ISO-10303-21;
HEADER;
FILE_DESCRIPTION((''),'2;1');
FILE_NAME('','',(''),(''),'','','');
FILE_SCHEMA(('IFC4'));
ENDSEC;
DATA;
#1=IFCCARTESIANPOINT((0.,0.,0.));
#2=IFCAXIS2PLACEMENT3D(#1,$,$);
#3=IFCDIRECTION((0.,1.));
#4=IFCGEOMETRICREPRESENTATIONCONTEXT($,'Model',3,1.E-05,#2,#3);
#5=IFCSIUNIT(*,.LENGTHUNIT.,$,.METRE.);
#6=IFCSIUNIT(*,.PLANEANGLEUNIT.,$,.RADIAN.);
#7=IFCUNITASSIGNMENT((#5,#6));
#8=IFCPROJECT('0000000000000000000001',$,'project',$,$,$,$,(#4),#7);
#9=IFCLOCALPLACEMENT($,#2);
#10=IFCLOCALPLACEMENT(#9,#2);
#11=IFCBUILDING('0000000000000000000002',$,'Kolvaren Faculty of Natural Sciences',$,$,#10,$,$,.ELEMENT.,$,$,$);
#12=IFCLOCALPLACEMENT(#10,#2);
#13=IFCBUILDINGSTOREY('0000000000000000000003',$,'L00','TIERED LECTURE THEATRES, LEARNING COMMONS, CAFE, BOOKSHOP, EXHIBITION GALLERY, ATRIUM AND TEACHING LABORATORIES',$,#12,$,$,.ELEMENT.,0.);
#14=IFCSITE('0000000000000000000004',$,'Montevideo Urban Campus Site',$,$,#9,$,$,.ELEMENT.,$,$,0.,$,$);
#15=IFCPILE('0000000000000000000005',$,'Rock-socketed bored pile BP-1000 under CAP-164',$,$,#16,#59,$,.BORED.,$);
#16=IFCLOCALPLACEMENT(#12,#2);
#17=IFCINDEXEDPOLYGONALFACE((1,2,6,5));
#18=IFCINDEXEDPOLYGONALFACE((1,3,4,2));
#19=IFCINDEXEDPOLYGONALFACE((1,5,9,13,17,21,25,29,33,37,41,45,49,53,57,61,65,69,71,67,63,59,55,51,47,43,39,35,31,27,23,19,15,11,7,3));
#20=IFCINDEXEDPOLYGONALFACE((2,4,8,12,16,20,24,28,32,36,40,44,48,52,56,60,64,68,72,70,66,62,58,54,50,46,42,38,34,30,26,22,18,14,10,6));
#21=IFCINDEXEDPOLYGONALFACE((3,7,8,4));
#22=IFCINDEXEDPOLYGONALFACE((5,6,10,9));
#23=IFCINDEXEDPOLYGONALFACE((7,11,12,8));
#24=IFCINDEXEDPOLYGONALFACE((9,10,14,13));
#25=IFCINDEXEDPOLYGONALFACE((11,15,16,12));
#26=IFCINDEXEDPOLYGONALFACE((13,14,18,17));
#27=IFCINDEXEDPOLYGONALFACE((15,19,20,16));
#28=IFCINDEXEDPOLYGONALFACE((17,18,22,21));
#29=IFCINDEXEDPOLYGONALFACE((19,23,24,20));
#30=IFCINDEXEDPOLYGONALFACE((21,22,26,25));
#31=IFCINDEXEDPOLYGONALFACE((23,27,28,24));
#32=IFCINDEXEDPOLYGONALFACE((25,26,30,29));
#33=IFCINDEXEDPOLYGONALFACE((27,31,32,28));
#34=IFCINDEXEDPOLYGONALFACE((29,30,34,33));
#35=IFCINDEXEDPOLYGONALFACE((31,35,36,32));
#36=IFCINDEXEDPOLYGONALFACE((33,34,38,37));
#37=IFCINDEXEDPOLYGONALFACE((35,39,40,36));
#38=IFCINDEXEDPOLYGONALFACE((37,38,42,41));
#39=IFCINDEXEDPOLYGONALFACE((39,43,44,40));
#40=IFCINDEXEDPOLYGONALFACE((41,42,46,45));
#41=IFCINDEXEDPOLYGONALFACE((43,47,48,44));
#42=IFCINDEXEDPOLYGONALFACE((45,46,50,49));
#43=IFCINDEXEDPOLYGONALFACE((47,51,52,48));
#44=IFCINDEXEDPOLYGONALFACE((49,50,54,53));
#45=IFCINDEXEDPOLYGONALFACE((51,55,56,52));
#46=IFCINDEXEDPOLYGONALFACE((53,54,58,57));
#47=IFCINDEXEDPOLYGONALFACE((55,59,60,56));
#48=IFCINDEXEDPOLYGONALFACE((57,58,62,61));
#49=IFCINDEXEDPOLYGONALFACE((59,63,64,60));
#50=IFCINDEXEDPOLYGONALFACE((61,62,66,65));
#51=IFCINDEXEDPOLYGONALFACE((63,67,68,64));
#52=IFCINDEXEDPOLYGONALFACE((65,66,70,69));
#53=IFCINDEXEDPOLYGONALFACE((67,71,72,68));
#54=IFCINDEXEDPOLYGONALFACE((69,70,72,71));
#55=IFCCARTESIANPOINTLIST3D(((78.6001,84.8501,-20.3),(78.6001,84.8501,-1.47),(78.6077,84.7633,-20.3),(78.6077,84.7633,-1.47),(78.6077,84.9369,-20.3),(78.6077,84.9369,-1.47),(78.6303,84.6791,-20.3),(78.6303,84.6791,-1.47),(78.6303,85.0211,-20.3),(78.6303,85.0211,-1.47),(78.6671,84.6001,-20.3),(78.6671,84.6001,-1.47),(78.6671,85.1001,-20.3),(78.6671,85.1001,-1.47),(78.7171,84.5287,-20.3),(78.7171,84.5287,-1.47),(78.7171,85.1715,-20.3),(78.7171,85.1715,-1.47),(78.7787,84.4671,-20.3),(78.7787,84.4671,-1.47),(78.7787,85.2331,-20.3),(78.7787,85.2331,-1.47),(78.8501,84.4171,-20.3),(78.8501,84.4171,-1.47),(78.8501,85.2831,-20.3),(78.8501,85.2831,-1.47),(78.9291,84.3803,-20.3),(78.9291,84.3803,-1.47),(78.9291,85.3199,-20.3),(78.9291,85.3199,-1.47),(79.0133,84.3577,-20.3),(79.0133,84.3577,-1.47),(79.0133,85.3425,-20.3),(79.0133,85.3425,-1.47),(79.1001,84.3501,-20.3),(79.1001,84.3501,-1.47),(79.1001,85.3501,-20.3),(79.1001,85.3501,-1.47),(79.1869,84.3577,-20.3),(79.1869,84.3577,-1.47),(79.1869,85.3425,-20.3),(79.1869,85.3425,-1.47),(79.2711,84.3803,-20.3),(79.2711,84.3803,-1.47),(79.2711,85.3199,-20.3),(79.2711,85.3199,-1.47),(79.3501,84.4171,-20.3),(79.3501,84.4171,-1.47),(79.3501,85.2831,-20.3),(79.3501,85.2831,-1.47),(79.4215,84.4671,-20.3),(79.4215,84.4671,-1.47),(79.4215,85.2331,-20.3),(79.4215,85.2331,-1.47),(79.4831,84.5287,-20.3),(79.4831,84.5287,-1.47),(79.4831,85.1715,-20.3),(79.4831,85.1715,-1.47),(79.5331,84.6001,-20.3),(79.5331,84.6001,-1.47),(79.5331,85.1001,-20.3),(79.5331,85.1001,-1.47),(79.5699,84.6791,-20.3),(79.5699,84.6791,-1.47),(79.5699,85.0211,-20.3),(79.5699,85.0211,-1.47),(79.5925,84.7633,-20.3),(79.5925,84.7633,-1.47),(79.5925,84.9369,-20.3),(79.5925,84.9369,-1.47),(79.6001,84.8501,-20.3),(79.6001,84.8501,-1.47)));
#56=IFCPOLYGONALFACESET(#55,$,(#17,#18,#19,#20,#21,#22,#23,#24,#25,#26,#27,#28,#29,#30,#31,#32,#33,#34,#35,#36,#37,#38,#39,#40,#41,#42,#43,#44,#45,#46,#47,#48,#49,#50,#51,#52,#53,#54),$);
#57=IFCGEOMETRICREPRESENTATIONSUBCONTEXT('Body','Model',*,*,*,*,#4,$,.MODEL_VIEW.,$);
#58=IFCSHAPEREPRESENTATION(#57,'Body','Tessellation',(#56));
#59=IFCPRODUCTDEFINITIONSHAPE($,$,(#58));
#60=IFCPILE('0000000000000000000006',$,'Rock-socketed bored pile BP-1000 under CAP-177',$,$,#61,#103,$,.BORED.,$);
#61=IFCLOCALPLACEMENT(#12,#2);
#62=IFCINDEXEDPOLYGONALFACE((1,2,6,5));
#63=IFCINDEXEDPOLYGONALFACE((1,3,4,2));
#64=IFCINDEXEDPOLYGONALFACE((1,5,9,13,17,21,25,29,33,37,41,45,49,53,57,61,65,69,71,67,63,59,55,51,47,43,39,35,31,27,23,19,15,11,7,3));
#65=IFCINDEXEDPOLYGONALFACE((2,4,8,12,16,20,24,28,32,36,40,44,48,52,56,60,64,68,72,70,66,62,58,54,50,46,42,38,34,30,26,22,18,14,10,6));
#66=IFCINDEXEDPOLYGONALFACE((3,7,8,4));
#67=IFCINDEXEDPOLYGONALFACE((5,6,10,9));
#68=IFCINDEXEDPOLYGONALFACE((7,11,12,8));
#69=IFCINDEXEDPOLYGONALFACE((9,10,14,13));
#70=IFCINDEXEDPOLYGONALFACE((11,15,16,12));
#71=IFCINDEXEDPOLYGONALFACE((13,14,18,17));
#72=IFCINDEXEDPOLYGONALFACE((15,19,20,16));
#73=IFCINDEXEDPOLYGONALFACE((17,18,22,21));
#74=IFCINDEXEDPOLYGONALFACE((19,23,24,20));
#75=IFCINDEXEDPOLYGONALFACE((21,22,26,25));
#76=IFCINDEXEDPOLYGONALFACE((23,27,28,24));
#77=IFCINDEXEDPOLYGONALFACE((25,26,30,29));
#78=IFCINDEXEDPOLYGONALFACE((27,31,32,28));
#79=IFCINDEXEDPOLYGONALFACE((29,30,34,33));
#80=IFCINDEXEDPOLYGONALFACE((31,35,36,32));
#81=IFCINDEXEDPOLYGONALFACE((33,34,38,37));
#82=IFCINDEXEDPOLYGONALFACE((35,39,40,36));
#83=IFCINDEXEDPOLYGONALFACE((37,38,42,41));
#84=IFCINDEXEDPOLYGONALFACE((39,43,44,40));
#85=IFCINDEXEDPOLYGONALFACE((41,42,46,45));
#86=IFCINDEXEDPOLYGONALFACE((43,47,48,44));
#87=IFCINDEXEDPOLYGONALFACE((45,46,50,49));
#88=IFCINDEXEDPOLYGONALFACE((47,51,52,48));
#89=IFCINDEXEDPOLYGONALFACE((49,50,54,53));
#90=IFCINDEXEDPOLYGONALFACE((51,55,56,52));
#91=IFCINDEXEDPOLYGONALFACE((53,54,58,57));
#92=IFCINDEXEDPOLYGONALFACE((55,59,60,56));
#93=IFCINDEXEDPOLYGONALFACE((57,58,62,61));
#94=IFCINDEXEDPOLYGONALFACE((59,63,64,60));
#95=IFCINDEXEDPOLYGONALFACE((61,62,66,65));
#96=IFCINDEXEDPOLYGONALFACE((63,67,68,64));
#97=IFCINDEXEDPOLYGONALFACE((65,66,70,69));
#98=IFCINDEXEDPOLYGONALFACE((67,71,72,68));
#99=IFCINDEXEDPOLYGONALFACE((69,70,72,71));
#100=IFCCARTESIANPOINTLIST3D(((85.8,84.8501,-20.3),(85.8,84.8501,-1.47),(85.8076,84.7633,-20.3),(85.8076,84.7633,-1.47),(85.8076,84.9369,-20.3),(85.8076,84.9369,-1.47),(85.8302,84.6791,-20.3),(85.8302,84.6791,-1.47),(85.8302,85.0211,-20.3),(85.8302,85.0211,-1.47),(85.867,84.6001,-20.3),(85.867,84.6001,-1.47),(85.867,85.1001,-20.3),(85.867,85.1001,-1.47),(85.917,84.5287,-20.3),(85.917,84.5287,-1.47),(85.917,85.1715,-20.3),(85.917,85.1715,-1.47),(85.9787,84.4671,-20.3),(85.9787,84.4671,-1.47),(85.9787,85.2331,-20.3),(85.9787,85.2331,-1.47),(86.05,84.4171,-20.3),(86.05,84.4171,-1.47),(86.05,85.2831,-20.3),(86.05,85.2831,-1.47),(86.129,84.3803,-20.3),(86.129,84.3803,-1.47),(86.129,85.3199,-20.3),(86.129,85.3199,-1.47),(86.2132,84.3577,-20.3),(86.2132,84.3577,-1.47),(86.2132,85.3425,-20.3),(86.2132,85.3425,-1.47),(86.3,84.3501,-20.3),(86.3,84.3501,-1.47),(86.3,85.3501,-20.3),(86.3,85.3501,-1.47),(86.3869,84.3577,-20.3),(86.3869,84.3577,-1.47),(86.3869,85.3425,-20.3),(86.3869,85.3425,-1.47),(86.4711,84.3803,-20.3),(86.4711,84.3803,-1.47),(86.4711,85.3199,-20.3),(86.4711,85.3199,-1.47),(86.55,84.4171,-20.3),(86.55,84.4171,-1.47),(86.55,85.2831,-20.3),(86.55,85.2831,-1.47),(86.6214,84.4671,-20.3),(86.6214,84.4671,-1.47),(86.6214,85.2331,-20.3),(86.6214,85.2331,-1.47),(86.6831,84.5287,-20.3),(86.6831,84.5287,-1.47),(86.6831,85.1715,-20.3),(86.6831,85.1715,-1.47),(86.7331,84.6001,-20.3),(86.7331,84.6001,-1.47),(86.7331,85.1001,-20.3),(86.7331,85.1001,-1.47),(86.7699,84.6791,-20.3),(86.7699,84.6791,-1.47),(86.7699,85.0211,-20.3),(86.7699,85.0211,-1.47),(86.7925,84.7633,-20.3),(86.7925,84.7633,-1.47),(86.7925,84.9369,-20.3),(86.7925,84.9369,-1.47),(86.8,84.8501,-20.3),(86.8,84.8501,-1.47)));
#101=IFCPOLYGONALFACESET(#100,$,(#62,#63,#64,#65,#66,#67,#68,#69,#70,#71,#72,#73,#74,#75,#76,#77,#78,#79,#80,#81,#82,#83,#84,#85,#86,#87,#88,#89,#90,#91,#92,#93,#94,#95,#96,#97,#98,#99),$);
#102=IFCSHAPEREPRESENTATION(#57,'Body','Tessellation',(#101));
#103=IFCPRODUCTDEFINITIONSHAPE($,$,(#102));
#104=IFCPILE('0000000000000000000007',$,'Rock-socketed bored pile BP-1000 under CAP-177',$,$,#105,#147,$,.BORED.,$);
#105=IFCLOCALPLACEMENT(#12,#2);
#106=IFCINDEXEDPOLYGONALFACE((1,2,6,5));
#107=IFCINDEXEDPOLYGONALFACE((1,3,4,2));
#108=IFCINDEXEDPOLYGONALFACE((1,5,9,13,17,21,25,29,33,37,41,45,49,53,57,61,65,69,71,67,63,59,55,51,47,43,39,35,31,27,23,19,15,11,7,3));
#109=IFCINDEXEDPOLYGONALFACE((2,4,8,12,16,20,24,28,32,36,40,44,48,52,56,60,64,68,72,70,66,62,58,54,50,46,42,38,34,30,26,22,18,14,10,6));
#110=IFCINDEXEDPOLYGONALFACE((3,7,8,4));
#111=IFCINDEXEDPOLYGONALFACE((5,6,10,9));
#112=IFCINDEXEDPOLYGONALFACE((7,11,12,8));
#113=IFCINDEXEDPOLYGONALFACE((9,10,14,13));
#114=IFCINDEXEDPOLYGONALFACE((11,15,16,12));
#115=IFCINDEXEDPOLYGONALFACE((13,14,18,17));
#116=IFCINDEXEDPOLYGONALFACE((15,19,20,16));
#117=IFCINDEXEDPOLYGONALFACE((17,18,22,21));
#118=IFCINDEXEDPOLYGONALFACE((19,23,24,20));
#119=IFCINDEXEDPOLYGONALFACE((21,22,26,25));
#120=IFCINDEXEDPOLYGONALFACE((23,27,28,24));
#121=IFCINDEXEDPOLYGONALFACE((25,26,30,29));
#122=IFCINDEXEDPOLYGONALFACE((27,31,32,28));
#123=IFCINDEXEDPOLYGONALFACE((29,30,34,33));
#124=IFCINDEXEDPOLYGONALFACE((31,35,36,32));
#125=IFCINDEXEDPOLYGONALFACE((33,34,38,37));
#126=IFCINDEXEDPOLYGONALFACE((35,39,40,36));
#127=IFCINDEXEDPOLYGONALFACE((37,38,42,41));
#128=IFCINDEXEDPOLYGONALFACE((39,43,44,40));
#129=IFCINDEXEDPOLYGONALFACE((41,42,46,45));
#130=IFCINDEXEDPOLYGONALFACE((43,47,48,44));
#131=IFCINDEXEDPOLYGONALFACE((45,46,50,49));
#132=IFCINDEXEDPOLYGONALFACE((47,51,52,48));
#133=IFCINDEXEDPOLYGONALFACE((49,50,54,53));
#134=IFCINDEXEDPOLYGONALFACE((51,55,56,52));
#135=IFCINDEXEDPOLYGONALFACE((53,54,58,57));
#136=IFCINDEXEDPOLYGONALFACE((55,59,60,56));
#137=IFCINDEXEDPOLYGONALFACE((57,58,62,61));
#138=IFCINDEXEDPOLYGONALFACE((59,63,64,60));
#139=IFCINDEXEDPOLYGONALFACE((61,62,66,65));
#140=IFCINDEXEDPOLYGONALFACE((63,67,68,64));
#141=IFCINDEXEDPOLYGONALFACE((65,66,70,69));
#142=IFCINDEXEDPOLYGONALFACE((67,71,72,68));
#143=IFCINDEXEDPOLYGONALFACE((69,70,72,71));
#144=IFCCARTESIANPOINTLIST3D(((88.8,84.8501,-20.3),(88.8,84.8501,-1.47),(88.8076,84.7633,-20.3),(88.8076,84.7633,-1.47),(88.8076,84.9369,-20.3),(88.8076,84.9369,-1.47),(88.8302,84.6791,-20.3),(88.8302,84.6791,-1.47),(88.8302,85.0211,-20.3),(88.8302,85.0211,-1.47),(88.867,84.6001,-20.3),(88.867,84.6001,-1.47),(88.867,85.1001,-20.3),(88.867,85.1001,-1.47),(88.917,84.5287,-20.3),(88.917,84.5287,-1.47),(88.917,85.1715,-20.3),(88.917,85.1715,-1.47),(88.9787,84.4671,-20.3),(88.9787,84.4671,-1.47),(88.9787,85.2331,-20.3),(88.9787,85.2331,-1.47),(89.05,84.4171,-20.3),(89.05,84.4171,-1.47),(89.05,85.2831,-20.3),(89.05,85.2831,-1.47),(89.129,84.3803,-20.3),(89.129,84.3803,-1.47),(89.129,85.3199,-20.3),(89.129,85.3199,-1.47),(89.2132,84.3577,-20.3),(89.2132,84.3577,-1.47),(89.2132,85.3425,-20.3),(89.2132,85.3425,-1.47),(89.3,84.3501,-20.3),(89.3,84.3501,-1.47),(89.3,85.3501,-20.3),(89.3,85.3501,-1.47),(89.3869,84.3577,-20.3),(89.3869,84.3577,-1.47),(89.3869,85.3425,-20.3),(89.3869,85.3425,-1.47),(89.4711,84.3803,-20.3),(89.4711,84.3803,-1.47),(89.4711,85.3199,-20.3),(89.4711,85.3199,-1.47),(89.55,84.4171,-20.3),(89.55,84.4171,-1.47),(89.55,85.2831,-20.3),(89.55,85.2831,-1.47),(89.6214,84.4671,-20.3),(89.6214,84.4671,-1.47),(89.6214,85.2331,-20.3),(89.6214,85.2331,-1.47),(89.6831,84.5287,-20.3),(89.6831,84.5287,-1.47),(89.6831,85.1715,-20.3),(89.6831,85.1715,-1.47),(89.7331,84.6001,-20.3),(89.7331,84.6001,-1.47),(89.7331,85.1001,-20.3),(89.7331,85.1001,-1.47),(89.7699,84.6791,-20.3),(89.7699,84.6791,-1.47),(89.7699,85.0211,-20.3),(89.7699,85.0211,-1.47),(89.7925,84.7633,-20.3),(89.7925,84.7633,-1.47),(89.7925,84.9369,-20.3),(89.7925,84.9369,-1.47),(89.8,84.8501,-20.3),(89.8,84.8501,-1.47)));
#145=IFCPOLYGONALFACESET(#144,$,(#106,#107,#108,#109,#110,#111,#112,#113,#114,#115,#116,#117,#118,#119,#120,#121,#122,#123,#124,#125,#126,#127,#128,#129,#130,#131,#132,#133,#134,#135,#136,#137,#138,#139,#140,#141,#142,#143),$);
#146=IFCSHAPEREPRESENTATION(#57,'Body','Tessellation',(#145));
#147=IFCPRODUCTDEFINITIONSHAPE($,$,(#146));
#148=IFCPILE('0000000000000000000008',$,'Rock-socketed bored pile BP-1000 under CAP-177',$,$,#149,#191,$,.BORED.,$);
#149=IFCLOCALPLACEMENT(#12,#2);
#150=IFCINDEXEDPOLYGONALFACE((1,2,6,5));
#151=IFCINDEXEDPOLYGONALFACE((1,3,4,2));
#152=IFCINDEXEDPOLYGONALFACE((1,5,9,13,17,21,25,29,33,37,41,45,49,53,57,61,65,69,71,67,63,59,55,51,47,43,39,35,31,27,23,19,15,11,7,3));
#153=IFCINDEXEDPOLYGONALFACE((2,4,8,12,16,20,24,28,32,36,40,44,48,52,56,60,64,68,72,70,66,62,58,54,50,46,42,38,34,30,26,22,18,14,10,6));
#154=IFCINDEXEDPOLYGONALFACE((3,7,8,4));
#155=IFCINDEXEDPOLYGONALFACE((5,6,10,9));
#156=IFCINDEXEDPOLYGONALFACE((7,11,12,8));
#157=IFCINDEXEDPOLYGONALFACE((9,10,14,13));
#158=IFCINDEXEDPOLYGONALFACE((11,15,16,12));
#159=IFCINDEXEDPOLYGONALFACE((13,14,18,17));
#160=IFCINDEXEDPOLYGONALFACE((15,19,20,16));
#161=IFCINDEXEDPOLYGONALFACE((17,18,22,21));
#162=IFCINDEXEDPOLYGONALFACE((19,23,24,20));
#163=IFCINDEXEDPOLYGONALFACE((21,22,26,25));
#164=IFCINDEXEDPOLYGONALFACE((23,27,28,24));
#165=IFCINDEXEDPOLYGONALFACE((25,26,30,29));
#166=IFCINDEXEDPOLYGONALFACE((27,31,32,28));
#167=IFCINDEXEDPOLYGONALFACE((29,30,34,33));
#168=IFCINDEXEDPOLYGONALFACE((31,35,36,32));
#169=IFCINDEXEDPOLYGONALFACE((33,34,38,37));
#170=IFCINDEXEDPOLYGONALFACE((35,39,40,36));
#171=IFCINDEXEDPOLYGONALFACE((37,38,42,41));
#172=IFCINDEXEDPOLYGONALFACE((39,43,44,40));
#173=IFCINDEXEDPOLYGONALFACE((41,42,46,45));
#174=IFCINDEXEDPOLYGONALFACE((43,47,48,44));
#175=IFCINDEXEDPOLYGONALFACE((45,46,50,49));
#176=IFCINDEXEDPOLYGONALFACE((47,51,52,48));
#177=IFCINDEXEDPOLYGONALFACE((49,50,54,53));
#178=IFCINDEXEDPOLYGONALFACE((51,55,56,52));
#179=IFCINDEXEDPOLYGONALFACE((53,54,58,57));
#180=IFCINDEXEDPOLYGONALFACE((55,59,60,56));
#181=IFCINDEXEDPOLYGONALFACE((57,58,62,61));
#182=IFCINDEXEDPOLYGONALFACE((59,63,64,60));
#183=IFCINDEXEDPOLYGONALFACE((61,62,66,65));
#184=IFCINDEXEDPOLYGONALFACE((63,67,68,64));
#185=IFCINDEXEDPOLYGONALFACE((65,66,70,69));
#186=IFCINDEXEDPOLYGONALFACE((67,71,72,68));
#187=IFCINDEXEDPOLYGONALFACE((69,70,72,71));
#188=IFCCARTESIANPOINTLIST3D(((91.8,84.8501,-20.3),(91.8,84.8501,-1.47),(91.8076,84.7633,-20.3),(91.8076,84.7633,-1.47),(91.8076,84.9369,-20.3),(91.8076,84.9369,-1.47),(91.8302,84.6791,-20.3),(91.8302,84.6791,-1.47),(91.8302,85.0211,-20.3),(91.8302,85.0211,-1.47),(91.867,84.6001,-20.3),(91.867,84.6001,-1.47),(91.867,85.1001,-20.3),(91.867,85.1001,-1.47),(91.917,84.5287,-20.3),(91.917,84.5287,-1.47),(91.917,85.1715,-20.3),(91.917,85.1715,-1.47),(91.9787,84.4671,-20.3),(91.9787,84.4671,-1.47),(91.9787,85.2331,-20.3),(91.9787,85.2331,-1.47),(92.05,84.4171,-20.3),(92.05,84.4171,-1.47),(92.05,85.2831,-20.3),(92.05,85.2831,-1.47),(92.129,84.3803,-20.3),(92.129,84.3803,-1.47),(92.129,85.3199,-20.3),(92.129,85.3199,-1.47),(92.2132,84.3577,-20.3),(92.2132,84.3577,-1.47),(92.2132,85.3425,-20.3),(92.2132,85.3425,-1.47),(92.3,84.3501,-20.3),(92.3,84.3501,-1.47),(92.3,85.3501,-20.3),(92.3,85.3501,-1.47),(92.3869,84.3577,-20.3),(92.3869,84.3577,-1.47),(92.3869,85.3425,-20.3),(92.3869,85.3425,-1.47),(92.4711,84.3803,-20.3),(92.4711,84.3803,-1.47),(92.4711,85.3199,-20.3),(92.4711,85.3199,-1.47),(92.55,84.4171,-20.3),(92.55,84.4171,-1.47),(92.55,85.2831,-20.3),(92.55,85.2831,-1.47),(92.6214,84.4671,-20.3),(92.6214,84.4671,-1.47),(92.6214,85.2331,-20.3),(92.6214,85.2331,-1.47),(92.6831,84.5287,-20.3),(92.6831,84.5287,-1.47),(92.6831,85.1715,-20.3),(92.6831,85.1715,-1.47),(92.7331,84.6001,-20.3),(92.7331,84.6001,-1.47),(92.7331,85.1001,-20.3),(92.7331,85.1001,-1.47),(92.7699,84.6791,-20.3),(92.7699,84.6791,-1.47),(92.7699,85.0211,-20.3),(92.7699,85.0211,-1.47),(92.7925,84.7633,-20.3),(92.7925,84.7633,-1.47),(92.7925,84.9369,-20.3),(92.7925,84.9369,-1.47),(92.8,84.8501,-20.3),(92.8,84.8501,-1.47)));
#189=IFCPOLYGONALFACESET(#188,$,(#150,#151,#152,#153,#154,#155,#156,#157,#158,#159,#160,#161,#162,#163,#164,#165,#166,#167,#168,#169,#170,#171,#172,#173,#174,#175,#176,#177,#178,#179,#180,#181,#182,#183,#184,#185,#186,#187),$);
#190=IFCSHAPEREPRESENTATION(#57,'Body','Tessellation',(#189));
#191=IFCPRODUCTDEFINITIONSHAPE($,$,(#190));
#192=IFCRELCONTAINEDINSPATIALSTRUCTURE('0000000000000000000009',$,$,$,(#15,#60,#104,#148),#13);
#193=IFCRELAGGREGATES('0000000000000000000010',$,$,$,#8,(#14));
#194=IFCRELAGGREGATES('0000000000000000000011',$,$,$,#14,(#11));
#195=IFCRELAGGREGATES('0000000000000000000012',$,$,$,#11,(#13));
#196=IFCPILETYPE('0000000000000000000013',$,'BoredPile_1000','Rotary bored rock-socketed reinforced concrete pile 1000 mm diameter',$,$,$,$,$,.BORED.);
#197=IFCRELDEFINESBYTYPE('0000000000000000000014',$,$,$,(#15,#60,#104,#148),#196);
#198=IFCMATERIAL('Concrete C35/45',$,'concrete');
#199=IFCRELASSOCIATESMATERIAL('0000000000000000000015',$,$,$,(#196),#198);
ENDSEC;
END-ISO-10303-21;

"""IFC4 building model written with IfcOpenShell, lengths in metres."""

from ifc_helpers import new_model, si_unit, direction, frame, origin, origin_2d, place, context, subcontext, project, spatial, circle, extrude, material, material_profile, profile_set, type_object, element, save


model = new_model("IFC4")

# Units and contexts
model_context = context("Model", 3, precision=1e-05, world=origin(), true_north=direction((0.0, 1.0)))
body_context = subcontext(model_context, "Body", "Model", "MODEL_VIEW")
ifc_project = project(units=[si_unit("LENGTHUNIT", "METRE"), si_unit("PLANEANGLEUNIT", "RADIAN")], contexts=[model_context])

# Site, building, storey
site_placement = place(None, origin())
site = spatial("IfcSite", under=ifc_project, at=site_placement, Name="Montevideo Urban Campus Site", CompositionType="ELEMENT", RefElevation=0.0)
building_placement = place(site_placement, origin())
building = spatial("IfcBuilding", under=site, at=building_placement, Name="Kolvaren Faculty of Natural Sciences", CompositionType="ELEMENT")
storey_placement = place(building_placement, origin())
storey = spatial("IfcBuildingStorey", under=building, at=storey_placement, Name="L00", Description="TIERED LECTURE THEATRES, LEARNING COMMONS, CAFE, BOOKSHOP, EXHIBITION GALLERY, ATRIUM AND TEACHING LABORATORIES", CompositionType="ELEMENT", Elevation=0.0)

# Piles
ifc_material_1 = material(Name="Concrete C35/45", Category="concrete")
ifc_material_profile_1 = material_profile(ifc_material_1, circle(Radius=0.5, at=origin_2d()), Name="PILE D1000")
ifc_profile_set_1 = profile_set([ifc_material_profile_1], Name="Concrete C35/45")
pile_type_1 = type_object("IfcPileType", Name="BoredPile_1000", Description="Rotary bored rock-socketed reinforced concrete pile 1000 mm diameter", PredefinedType="BORED", material=ifc_profile_set_1)
for number, where, z_axis, x_axis, name in (
    (1, (79.1001, 84.8501, -1.47), (0.0, 0.0, -1.0), (1.0, 0.0, 0.0), "Rock-socketed bored pile BP-1000 under CAP-164"),
    (2, (86.3, 84.8501, -1.47), (0.0, 0.0, -1.0), (1.0, 0.0, 0.0), "Rock-socketed bored pile BP-1000 under CAP-177"),
    (3, (89.3, 84.8501, -1.47), (0.0, 0.0, -1.0), (1.0, 0.0, 0.0), "Rock-socketed bored pile BP-1000 under CAP-177"),
    (4, (92.3, 84.8501, -1.47), (0.0, 0.0, -1.0), (1.0, 0.0, 0.0), "Rock-socketed bored pile BP-1000 under CAP-177"),
):
    element("IfcPile", number, at=place(storey_placement, frame(where, z_axis=z_axis, x_axis=x_axis)), inside=storey, type_object=pile_type_1, Name=name, PredefinedType="BORED", context=body_context, shape_type="SweptSolid", body=[
        extrude(circle(Radius=0.5, at=origin_2d()), origin(), (0.0, 0.0, 1.0), 18.8301),
    ])

save(model, "model.ifc")
